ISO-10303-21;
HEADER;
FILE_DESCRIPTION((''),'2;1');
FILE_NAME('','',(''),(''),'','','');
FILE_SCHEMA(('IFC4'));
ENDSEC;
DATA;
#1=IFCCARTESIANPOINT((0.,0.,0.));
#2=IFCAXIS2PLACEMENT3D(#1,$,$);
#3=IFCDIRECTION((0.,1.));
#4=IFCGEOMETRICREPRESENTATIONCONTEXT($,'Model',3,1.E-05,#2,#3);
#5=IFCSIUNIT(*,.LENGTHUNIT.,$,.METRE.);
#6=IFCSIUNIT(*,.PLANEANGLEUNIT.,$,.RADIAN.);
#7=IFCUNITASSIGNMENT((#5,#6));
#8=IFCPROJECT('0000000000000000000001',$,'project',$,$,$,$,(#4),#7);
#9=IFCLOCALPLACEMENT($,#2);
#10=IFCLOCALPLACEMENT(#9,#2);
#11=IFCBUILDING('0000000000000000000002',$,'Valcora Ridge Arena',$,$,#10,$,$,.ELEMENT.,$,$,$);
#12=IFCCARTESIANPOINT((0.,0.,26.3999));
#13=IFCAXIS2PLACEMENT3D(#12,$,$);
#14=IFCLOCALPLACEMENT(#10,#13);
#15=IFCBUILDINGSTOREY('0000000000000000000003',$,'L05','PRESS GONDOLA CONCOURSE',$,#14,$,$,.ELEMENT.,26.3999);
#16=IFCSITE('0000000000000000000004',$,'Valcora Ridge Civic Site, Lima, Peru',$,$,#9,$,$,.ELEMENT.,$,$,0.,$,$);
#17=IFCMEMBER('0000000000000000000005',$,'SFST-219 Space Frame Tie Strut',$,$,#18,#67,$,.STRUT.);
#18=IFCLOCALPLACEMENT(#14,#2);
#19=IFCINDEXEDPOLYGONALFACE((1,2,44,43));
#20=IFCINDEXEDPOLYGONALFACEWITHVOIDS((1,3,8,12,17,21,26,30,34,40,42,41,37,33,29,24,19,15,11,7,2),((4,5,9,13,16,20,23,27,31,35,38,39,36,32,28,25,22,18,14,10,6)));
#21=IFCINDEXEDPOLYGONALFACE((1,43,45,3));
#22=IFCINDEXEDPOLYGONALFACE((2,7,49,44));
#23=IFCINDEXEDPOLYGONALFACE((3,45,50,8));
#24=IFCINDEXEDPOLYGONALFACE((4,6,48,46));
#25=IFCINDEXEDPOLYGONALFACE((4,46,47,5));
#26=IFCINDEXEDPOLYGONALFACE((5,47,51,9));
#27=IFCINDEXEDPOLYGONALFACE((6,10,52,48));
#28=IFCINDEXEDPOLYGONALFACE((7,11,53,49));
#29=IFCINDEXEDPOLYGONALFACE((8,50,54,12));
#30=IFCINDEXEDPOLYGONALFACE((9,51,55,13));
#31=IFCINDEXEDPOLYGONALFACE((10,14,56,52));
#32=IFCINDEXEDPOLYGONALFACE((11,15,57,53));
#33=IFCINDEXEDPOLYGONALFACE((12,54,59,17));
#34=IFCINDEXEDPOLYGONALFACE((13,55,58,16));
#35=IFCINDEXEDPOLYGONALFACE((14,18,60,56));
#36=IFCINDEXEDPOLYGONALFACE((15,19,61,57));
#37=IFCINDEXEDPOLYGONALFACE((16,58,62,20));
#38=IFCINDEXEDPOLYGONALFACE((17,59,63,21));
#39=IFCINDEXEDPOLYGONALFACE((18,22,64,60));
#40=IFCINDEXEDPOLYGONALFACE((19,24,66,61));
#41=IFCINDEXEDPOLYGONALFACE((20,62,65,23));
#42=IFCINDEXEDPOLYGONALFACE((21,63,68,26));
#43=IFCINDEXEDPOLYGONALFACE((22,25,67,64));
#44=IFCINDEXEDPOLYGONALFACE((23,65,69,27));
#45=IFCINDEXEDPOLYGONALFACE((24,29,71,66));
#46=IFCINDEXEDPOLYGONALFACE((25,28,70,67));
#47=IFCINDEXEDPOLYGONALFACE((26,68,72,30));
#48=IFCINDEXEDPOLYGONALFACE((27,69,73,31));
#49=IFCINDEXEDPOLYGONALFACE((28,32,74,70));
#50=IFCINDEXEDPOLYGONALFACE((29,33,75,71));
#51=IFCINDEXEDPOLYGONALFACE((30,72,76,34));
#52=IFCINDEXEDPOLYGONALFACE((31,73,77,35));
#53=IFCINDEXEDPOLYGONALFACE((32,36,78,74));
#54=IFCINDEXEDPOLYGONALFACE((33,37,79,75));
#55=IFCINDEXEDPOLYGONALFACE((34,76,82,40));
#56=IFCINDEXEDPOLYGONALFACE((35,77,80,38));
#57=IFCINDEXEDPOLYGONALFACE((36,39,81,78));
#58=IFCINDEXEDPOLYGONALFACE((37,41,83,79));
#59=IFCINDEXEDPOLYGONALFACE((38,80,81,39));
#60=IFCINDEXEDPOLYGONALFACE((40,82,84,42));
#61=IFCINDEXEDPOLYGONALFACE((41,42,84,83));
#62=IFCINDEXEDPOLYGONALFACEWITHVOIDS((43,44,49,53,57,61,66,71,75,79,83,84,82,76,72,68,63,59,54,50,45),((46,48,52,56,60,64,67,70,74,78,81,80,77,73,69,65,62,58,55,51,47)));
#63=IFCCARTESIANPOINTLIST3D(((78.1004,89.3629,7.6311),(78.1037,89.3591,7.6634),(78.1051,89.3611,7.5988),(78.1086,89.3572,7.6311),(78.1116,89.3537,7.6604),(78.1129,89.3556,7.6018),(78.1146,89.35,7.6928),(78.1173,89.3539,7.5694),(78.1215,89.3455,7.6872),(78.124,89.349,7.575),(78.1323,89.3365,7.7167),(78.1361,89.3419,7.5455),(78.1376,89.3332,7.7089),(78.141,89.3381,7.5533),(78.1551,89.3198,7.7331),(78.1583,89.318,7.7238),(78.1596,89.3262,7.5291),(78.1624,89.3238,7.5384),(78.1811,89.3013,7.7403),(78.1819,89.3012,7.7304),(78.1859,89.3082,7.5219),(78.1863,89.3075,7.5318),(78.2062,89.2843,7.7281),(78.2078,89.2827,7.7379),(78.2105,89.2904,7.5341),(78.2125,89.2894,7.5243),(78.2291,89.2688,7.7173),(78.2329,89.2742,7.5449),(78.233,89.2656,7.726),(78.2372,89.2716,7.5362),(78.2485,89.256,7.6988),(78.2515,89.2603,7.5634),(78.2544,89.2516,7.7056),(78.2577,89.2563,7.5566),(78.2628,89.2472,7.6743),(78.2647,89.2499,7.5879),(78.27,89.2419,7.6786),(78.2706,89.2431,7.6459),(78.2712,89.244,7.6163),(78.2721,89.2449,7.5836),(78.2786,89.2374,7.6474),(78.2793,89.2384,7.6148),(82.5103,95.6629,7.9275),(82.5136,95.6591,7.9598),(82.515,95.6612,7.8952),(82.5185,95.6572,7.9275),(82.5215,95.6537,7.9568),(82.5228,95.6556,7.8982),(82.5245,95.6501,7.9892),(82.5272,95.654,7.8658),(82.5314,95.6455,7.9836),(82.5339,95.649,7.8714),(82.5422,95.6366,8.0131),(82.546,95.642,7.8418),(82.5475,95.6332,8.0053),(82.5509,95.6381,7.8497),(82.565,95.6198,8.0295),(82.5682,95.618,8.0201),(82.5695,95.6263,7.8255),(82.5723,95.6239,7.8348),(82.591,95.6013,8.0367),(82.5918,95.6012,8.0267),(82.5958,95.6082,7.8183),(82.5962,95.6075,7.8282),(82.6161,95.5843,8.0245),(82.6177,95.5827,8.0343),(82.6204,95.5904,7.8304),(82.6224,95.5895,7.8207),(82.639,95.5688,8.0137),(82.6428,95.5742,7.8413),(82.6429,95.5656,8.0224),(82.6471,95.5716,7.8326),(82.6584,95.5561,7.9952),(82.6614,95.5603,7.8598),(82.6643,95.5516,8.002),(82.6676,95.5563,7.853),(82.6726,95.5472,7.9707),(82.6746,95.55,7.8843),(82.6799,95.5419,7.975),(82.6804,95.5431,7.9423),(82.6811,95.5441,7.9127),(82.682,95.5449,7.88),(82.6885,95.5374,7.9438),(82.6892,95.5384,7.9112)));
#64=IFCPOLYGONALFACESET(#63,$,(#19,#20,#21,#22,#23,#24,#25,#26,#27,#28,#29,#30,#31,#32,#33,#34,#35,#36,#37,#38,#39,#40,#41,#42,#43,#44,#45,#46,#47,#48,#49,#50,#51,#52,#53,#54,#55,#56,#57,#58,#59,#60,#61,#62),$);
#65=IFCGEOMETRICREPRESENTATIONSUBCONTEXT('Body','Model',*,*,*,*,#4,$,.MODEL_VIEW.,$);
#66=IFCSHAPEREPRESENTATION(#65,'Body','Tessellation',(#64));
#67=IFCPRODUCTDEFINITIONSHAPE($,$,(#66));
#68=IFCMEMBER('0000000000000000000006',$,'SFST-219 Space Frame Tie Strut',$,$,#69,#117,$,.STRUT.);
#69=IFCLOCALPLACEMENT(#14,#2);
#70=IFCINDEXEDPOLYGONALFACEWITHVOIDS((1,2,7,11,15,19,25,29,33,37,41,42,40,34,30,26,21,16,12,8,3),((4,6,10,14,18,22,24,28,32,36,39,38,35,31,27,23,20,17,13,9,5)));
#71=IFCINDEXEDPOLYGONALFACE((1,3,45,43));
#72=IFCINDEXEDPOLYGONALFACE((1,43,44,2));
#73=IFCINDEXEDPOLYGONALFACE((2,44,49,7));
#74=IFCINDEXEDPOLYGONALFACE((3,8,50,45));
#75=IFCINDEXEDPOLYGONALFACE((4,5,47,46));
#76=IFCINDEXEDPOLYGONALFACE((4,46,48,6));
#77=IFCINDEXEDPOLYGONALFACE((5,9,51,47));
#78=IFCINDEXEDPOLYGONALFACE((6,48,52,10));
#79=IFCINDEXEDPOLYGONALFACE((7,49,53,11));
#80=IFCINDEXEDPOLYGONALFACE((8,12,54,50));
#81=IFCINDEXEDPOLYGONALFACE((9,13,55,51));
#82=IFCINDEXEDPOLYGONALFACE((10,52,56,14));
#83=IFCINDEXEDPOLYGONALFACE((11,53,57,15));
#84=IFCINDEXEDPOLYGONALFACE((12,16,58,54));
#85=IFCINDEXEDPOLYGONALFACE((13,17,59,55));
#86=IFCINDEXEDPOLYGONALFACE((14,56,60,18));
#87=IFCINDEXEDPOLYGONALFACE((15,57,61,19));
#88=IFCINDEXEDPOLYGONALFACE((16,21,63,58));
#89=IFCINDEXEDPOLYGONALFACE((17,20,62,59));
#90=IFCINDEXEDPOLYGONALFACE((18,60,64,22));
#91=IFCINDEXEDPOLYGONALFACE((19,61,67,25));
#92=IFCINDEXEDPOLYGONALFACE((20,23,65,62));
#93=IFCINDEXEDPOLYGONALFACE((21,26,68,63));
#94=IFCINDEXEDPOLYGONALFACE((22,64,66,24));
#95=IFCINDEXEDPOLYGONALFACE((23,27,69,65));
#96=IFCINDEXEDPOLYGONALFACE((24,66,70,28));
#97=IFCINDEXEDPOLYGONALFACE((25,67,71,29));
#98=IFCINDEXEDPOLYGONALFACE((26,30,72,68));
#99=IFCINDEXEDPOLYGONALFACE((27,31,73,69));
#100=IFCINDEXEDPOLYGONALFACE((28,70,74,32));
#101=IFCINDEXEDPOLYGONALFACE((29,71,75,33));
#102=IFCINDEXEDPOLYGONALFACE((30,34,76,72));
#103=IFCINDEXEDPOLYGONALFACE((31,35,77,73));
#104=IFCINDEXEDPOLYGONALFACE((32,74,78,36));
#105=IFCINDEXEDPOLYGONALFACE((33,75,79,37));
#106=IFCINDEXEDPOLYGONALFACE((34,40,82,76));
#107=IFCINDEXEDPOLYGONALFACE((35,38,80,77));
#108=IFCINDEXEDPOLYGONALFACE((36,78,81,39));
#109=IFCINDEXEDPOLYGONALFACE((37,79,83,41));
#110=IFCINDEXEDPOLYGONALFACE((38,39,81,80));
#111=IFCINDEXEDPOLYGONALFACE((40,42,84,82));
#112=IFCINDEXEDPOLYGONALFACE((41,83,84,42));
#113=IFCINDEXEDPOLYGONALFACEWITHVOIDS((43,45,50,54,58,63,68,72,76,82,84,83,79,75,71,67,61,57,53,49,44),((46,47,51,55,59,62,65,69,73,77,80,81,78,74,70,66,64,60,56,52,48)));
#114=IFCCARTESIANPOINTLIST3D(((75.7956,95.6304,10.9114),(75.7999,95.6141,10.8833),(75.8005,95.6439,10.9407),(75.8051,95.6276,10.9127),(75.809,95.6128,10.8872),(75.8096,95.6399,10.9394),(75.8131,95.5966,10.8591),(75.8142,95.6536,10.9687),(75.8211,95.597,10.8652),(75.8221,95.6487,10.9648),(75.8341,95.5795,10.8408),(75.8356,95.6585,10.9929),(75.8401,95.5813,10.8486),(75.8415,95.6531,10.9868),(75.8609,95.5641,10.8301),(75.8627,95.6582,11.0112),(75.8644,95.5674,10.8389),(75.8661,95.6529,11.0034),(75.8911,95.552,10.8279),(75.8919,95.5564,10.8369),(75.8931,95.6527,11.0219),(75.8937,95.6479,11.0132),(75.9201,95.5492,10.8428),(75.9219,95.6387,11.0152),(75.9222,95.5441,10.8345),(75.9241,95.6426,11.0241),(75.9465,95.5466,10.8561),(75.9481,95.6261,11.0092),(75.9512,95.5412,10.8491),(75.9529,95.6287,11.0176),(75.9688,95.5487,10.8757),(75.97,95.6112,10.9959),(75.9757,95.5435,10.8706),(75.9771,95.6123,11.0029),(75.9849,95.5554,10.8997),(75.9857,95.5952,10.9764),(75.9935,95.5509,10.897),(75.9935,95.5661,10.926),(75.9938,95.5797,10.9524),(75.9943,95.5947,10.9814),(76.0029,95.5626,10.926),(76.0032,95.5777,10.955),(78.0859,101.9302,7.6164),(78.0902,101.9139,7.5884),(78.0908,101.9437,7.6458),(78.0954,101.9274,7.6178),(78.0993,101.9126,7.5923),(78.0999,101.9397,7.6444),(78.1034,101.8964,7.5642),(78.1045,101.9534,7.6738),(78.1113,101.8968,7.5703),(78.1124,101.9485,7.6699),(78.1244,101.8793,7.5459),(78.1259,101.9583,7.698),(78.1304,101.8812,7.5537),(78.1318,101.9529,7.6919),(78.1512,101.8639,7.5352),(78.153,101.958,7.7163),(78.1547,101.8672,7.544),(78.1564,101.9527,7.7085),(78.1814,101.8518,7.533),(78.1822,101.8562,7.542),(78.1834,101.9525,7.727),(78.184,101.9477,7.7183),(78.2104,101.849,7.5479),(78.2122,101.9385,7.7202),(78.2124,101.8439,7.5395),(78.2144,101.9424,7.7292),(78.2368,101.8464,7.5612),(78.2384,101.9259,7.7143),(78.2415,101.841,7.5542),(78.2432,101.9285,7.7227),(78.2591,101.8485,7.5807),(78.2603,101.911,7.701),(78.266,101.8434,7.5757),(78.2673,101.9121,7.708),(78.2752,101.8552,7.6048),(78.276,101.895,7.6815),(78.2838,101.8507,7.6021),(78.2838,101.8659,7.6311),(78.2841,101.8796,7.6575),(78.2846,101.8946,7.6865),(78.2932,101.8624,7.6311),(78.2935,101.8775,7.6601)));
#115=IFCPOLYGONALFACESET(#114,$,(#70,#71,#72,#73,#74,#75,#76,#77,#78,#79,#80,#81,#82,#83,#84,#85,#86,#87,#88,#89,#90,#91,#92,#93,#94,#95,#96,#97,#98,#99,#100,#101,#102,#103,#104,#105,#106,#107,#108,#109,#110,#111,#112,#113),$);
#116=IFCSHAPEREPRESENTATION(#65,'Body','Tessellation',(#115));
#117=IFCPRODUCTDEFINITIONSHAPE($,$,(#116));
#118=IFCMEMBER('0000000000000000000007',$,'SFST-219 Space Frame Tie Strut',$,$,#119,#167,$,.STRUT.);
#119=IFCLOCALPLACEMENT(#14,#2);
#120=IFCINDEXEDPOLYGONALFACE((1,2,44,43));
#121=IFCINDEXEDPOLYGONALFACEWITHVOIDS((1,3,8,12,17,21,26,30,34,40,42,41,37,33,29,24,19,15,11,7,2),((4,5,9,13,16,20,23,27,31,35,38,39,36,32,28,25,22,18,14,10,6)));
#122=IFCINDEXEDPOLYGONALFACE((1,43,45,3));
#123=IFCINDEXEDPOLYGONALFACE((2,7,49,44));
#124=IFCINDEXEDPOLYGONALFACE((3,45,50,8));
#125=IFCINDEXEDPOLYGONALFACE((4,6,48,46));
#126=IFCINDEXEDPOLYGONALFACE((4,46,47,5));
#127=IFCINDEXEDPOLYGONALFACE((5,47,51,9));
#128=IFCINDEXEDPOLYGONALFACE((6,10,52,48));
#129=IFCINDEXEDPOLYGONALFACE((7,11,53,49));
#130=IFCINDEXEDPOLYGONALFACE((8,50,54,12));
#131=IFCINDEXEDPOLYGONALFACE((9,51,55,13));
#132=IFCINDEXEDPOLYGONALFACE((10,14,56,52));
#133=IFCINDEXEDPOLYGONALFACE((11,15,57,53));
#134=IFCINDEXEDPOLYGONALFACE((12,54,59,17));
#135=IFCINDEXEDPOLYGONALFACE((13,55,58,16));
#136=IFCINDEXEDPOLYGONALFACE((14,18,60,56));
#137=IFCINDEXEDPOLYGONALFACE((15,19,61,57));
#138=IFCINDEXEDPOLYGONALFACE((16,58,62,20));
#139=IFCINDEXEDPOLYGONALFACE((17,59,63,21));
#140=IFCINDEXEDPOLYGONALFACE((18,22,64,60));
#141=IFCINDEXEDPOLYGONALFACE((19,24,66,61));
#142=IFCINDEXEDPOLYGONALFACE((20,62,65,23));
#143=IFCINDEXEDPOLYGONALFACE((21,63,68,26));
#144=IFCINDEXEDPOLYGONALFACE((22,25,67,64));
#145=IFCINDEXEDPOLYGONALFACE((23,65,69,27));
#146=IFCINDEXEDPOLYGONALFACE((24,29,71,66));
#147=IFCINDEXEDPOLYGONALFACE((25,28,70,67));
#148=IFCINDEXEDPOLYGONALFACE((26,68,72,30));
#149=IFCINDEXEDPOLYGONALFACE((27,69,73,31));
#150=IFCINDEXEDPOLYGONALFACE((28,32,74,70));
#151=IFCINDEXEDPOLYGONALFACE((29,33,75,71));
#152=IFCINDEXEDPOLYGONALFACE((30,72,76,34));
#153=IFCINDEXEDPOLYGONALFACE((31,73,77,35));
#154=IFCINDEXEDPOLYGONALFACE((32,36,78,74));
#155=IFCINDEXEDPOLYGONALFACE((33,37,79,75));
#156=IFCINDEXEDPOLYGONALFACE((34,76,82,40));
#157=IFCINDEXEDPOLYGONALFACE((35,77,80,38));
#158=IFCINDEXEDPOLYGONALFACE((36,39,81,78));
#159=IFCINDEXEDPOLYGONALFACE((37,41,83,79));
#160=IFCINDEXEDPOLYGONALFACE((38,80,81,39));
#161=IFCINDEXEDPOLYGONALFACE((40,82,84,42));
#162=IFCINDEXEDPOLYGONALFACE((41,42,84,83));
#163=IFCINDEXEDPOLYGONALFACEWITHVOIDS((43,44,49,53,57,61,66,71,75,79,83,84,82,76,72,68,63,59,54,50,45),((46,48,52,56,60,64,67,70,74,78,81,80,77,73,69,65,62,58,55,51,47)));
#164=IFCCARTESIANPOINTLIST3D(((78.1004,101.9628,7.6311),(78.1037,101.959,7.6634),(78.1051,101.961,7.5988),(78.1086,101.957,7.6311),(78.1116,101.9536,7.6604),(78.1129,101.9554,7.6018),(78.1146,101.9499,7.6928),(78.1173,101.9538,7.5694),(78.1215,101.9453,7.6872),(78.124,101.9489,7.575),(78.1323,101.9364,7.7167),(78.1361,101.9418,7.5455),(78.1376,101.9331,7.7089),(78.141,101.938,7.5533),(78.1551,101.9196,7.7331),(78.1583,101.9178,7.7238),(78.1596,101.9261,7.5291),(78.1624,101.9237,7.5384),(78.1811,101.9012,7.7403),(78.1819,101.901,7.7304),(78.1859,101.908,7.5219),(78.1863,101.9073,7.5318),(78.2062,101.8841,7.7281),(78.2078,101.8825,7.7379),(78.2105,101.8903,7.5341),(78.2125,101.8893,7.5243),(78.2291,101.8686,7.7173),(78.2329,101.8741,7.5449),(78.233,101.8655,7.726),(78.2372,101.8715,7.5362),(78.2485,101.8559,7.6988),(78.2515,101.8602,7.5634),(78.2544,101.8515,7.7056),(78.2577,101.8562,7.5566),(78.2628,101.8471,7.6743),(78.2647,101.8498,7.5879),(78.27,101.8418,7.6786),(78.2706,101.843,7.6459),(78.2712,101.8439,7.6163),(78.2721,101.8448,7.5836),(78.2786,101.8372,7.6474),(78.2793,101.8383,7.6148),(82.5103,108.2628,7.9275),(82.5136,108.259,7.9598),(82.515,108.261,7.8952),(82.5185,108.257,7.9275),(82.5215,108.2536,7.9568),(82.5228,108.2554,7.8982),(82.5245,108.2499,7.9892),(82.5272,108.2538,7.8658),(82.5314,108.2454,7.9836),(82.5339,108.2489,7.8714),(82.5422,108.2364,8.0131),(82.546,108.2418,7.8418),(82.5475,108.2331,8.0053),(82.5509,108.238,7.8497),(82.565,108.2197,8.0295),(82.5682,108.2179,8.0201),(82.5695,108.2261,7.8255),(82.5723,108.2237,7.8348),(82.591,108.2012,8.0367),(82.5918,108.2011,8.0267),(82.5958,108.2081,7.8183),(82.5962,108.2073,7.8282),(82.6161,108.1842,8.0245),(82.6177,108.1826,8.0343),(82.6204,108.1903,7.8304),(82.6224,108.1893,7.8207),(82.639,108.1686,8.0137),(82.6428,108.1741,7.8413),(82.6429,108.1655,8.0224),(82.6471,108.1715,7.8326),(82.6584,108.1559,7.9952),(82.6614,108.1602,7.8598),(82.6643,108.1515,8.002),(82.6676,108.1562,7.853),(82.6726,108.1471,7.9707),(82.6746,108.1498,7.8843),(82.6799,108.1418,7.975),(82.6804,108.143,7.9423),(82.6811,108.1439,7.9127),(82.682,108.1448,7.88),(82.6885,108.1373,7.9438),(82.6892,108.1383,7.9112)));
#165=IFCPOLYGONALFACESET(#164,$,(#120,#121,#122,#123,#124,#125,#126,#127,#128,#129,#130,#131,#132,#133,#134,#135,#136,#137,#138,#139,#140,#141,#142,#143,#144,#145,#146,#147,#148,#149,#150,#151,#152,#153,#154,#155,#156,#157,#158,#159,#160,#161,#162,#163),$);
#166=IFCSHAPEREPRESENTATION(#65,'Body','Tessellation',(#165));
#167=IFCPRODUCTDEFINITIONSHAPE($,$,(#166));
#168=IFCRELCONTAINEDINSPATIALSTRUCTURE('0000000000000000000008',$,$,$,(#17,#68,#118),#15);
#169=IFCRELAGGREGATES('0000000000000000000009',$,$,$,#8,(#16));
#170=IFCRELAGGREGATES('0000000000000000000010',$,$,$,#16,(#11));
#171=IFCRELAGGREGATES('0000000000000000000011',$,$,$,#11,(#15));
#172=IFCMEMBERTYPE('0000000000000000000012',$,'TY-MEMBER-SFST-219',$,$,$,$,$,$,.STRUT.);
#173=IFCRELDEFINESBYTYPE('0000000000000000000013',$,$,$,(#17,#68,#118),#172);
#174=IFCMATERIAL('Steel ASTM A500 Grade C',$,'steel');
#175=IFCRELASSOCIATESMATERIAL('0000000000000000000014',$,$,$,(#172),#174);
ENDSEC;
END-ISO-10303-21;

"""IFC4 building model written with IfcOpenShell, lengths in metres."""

from ifc_helpers import new_model, si_unit, direction, frame, origin, origin_2d, place, context, subcontext, project, spatial, hollow_circle, extrude, material, material_profile, profile_set, type_object, element, save


model = new_model("IFC4")

# Units and contexts
model_context = context("Model", 3, precision=1e-05, world=origin(), true_north=direction((0.0, 1.0)))
body_context = subcontext(model_context, "Body", "Model", "MODEL_VIEW")
ifc_project = project(units=[si_unit("LENGTHUNIT", "METRE"), si_unit("PLANEANGLEUNIT", "RADIAN")], contexts=[model_context])

# Site, building, storey
site_placement = place(None, origin())
site = spatial("IfcSite", under=ifc_project, at=site_placement, Name="Valcora Ridge Civic Site, Lima, Peru", CompositionType="ELEMENT", RefElevation=0.0)
building_placement = place(site_placement, origin())
building = spatial("IfcBuilding", under=site, at=building_placement, Name="Valcora Ridge Arena", CompositionType="ELEMENT")
storey_placement = place(building_placement, frame((0.0, 0.0, 26.3999)))
storey = spatial("IfcBuildingStorey", under=building, at=storey_placement, Name="L05", Description="PRESS GONDOLA CONCOURSE", CompositionType="ELEMENT", Elevation=26.3999)

# Members
ifc_material_1 = material(Name="Steel ASTM A500 Grade C", Category="steel")
ifc_material_profile_1 = material_profile(ifc_material_1, hollow_circle(Radius=0.1096, WallThickness=0.01, at=origin_2d()), Name="CHS219X10")
ifc_profile_set_1 = profile_set([ifc_material_profile_1], Name="Steel ASTM A500 Grade C")
member_type_1 = type_object("IfcMemberType", Name="TY-MEMBER-SFST-219", PredefinedType="STRUT", material=ifc_profile_set_1)
member_1_placement = place(storey_placement, frame((78.1902, 89.3, 7.6311), z_axis=(0.573026, 0.818632, 0.038513), x_axis=(-0.819239, 0.573452, 0.0)))
element("IfcMember", 1, at=member_1_placement, inside=storey, type_object=member_type_1, Name="SFST-219 Space Frame Tie Strut", PredefinedType="STRUT", context=body_context, shape_type="SweptSolid", body=[
    extrude(hollow_circle(Radius=0.1096, WallThickness=0.01, at=origin_2d()), origin(), (0.0, 0.0, 1.0), 7.6958),
])
member_2_placement = place(storey_placement, frame((78.1902, 101.8999, 7.6311), z_axis=(-0.306629, -0.843434, 0.441133), x_axis=(0.93982, -0.34167, 0.0)))
element("IfcMember", 2, at=member_2_placement, inside=storey, type_object=member_type_1, Name="SFST-219 Space Frame Tie Strut", PredefinedType="STRUT", context=body_context, shape_type="SweptSolid", body=[
    extrude(hollow_circle(Radius=0.1096, WallThickness=0.01, at=origin_2d()), origin(), (0.0, 0.0, 1.0), 7.4692),
])
member_3_placement = place(storey_placement, frame((78.1902, 101.8999, 7.6311), z_axis=(0.573026, 0.818632, 0.038513), x_axis=(-0.819239, 0.573452, 0.0)))
element("IfcMember", 3, at=member_3_placement, inside=storey, type_object=member_type_1, Name="SFST-219 Space Frame Tie Strut", PredefinedType="STRUT", context=body_context, shape_type="SweptSolid", body=[
    extrude(hollow_circle(Radius=0.1096, WallThickness=0.01, at=origin_2d()), origin(), (0.0, 0.0, 1.0), 7.6958),
])

save(model, "model.ifc")
